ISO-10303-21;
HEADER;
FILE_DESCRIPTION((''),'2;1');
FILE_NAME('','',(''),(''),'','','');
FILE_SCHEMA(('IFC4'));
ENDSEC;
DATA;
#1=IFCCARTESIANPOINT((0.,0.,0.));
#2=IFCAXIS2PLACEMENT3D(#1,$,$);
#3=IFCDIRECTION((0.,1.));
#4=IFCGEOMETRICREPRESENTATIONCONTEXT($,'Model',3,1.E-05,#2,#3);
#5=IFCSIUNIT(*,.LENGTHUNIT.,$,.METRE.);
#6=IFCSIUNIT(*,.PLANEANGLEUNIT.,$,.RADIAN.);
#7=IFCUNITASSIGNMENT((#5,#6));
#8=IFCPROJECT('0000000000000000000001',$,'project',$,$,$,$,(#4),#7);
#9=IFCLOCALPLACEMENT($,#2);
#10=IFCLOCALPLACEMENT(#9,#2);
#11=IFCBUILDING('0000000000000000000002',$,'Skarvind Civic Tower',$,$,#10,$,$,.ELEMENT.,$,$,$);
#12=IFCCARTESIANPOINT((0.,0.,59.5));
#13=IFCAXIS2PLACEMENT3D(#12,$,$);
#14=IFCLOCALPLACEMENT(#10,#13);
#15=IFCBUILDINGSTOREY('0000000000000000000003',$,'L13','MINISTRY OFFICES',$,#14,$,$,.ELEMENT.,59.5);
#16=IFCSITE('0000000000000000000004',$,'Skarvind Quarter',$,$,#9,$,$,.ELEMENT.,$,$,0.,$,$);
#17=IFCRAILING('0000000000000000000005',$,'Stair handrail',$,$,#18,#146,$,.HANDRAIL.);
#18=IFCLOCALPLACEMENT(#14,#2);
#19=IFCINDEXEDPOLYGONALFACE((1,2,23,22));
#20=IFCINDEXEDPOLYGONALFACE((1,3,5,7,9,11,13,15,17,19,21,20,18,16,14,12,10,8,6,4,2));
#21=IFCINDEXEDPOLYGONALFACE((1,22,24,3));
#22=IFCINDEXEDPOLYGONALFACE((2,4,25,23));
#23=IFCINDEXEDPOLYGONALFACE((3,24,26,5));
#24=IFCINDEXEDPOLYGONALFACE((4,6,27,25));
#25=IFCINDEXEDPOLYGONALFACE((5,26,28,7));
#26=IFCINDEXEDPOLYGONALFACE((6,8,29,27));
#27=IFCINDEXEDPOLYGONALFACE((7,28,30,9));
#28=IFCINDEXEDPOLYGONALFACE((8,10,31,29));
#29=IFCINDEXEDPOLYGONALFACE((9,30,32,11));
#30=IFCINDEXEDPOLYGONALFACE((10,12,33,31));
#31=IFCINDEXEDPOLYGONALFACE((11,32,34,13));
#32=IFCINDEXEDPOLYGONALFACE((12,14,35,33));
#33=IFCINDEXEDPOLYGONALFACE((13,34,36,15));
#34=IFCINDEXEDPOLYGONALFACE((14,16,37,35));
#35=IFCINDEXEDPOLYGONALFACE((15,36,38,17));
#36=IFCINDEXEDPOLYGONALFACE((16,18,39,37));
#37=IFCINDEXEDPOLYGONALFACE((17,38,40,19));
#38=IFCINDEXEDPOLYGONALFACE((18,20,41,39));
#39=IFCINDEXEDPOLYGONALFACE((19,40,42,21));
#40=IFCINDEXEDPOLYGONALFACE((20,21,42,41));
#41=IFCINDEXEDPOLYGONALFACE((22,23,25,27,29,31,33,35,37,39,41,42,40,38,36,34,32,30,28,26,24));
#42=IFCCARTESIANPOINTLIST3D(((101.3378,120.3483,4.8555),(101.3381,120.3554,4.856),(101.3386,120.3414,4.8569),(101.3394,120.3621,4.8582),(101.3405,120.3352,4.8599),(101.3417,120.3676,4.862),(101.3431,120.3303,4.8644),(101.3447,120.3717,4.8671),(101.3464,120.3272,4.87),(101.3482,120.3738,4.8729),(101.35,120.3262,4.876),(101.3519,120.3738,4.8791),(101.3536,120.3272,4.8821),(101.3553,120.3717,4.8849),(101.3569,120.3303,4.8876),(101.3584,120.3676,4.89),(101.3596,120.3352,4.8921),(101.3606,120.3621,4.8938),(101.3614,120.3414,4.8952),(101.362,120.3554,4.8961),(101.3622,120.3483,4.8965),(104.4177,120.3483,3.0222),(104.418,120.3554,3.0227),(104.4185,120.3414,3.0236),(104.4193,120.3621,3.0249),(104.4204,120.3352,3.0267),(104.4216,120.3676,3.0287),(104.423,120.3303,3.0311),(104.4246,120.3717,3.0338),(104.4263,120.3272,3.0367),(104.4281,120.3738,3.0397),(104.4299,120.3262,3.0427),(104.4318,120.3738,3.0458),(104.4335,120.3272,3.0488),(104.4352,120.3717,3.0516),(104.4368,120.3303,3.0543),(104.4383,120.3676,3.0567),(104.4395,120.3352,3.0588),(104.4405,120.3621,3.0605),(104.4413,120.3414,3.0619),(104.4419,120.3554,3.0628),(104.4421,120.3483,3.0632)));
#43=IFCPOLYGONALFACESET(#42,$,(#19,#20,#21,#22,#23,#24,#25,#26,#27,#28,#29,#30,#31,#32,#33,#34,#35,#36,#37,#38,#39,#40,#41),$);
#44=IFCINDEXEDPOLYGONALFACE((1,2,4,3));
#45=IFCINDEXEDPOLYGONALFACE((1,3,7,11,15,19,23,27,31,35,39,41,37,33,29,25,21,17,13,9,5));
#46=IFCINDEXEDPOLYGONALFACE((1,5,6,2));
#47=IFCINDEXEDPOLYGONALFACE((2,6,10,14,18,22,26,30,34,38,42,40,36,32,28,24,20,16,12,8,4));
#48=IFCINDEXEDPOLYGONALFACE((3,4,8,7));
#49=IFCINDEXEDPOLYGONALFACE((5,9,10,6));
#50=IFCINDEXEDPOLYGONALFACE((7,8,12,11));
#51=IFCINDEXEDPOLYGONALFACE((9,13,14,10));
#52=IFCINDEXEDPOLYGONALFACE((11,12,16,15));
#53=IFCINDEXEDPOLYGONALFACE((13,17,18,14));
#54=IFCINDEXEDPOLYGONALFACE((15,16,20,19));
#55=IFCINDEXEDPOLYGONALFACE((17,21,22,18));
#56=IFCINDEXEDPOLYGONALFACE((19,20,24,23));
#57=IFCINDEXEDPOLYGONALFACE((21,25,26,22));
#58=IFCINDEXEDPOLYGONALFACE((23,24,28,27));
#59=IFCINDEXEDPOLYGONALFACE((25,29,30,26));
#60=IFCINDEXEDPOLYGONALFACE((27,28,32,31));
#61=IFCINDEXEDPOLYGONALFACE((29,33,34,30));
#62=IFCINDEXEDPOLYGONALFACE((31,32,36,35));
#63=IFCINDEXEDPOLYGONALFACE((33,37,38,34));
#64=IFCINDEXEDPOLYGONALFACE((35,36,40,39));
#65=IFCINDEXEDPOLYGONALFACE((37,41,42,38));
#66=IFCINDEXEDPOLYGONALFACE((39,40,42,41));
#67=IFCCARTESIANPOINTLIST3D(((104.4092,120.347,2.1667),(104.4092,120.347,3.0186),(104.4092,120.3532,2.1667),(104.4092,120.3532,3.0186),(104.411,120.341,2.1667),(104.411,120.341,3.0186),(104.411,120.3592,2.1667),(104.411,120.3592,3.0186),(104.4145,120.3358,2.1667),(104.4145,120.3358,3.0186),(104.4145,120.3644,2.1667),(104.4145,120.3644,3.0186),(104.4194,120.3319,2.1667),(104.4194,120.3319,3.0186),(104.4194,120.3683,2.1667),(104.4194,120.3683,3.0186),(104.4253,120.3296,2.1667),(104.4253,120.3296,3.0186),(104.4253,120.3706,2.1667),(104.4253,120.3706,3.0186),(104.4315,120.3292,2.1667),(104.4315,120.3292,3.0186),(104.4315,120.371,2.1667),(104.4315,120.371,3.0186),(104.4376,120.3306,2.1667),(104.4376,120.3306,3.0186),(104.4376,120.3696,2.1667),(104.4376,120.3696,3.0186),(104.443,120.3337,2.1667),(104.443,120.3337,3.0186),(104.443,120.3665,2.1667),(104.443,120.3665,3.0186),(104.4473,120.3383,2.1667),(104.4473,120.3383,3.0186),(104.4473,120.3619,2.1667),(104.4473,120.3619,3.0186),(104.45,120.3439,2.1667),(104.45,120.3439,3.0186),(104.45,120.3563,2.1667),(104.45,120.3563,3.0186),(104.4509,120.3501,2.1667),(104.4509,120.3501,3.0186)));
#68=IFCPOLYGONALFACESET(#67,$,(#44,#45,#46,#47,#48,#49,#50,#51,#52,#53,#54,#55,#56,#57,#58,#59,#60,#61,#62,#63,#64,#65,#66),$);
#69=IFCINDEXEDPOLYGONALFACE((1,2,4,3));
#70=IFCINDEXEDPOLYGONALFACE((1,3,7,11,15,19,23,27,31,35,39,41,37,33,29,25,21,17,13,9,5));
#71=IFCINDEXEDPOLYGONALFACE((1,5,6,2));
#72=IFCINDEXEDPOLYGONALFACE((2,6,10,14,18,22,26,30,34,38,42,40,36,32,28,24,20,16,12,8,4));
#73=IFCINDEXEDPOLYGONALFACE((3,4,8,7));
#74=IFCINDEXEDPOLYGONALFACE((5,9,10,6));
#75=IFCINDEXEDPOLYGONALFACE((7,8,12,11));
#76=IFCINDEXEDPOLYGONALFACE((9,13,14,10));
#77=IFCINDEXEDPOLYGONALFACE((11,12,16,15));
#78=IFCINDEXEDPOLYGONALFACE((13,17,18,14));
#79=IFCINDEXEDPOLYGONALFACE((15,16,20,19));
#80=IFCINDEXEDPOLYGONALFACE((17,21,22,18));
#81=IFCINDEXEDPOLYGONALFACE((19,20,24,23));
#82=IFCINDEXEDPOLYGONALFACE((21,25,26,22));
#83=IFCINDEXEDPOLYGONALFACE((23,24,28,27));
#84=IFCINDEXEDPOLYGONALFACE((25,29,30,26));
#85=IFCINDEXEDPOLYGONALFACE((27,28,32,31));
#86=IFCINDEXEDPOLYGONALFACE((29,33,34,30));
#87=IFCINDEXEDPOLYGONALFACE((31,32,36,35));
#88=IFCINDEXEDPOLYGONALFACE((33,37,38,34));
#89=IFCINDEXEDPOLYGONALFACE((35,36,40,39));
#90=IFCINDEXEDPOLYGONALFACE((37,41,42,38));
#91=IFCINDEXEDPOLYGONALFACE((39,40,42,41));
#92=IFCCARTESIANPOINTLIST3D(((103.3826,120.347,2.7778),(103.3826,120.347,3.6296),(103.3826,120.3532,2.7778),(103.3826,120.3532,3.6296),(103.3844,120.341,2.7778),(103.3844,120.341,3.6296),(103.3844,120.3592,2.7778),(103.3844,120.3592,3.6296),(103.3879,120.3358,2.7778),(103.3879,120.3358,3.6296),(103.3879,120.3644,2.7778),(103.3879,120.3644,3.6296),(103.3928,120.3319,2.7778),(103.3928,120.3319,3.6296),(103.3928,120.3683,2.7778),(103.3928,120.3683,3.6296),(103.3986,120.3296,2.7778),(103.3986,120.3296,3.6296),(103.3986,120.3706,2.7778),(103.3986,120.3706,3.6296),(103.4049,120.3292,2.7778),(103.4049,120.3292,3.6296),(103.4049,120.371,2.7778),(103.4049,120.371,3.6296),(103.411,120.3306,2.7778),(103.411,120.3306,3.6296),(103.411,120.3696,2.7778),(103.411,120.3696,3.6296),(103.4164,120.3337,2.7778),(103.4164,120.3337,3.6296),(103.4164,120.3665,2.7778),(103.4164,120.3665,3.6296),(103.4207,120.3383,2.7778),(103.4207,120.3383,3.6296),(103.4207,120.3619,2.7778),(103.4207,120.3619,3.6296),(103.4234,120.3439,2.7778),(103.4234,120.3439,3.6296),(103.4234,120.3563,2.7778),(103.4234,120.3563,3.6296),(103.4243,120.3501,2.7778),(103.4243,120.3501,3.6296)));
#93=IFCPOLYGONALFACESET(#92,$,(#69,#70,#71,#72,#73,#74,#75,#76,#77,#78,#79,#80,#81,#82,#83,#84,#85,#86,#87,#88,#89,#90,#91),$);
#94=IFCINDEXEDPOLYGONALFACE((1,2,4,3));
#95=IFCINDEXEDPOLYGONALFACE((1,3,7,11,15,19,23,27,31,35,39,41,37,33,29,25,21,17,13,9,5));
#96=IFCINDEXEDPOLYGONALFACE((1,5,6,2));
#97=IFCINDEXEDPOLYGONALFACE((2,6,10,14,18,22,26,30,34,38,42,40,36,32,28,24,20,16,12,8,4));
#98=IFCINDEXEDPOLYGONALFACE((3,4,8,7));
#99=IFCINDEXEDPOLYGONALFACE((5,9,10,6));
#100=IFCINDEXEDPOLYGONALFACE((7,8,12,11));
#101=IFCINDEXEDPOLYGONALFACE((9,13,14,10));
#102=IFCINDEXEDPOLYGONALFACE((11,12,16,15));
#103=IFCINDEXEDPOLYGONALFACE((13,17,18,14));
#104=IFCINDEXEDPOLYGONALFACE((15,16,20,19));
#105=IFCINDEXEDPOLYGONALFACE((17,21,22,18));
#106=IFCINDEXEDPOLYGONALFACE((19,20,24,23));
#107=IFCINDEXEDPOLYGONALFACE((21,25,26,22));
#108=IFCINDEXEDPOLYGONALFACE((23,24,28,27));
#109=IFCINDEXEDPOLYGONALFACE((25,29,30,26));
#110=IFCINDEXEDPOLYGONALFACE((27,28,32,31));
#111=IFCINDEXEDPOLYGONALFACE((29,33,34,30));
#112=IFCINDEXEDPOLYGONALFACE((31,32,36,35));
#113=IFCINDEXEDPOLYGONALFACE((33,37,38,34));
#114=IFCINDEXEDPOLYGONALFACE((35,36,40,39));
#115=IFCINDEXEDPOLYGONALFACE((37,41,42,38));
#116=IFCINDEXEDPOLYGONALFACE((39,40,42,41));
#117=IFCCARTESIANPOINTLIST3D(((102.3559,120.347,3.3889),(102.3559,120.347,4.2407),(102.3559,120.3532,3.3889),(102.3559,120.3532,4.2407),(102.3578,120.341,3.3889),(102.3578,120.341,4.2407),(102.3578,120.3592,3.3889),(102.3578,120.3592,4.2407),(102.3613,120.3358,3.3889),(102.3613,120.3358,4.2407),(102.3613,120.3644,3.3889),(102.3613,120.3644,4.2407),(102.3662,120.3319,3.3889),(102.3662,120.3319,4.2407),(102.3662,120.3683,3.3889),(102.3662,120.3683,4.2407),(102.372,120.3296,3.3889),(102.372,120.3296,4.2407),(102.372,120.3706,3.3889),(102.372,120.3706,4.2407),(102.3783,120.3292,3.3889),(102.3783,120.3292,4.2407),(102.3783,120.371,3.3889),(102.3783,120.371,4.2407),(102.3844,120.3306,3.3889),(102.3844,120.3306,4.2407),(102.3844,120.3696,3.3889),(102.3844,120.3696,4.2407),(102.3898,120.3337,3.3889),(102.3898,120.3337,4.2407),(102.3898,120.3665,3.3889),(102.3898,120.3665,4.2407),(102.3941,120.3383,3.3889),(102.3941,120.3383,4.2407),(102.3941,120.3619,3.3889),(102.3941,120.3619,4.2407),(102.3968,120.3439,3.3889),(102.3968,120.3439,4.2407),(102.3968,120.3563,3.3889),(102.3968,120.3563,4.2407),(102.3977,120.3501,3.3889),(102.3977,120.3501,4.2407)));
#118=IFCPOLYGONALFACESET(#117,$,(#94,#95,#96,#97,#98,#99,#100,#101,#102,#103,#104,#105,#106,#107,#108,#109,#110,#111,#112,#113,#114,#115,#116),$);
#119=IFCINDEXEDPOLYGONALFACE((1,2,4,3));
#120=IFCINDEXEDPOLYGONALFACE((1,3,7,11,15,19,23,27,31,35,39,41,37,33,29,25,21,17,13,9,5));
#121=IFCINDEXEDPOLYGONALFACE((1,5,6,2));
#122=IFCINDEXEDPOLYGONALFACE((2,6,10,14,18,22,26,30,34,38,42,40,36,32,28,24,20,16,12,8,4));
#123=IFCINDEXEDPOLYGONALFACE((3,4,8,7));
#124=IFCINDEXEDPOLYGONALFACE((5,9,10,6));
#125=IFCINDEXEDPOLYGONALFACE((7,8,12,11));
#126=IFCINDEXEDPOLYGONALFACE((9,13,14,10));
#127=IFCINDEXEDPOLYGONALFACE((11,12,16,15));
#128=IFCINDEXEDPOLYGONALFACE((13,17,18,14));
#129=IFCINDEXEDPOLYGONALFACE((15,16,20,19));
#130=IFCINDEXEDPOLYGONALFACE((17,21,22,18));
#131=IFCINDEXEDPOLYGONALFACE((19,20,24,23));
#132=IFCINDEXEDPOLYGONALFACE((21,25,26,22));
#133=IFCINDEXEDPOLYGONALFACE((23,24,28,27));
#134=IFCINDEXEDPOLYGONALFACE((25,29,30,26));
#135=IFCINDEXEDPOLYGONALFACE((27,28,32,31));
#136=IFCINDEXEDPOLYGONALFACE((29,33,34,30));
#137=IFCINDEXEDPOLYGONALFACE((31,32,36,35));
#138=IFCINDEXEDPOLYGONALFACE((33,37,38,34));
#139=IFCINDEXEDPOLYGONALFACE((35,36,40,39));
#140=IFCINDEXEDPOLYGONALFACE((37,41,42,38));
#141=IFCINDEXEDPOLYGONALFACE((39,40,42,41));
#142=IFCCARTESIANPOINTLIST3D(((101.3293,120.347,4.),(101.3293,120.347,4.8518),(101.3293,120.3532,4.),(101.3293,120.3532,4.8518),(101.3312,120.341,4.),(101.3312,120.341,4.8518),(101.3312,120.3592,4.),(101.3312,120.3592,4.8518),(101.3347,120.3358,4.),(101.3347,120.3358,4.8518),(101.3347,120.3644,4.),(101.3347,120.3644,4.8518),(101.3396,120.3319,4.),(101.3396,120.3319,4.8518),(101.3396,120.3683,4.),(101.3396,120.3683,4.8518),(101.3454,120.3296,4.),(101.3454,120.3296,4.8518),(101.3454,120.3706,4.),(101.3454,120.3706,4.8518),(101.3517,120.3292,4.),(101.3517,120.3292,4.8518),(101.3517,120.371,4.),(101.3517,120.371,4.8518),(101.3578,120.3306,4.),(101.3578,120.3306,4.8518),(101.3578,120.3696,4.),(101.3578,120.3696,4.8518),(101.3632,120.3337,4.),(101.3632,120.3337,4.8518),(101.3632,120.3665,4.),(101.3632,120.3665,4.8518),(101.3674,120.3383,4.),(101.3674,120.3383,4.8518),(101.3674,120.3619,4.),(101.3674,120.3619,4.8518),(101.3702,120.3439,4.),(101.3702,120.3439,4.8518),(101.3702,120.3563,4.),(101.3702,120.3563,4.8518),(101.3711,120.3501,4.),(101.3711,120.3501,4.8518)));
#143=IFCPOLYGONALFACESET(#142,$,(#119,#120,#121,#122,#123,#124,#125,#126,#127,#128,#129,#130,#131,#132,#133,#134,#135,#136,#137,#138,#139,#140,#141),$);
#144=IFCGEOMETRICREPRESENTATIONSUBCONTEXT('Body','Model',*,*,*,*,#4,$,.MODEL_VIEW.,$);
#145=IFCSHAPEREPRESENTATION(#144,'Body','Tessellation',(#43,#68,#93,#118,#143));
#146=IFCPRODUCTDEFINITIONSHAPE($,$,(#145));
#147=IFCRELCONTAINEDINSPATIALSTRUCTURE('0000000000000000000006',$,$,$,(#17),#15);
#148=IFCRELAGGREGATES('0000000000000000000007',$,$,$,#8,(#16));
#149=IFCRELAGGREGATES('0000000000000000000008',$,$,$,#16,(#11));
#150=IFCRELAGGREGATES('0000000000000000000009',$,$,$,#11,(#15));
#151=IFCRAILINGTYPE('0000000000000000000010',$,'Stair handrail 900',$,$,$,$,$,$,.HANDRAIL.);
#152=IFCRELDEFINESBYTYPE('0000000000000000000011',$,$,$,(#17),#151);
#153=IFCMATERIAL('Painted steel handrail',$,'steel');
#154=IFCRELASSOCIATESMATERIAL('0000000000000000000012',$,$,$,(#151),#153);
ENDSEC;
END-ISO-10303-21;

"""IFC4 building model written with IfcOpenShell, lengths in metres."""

from ifc_helpers import new_model, si_unit, direction, frame, origin, origin_2d, place, context, subcontext, project, spatial, circle, extrude, material, type_object, element, save


model = new_model("IFC4")

# Units and contexts
model_context = context("Model", 3, precision=1e-05, world=origin(), true_north=direction((0.0, 1.0)))
body_context = subcontext(model_context, "Body", "Model", "MODEL_VIEW")
ifc_project = project(units=[si_unit("LENGTHUNIT", "METRE"), si_unit("PLANEANGLEUNIT", "RADIAN")], contexts=[model_context])

# Site, building, storey
site_placement = place(None, origin())
site = spatial("IfcSite", under=ifc_project, at=site_placement, Name="Skarvind Quarter", CompositionType="ELEMENT", RefElevation=0.0)
building_placement = place(site_placement, origin())
building = spatial("IfcBuilding", under=site, at=building_placement, Name="Skarvind Civic Tower", CompositionType="ELEMENT")
storey_placement = place(building_placement, frame((0.0, 0.0, 59.5)))
storey = spatial("IfcBuildingStorey", under=building, at=storey_placement, Name="L13", Description="MINISTRY OFFICES", CompositionType="ELEMENT", Elevation=59.5)

# Railing
ifc_material_1 = material(Name="Painted steel handrail", Category="steel")
railing_type = type_object("IfcRailingType", Name="Stair handrail 900", PredefinedType="HANDRAIL", material=ifc_material_1)
railing_1_placement = place(storey_placement, frame((104.4299, 120.3501, 2.1667)))
element("IfcRailing", 1, at=railing_1_placement, inside=storey, type_object=railing_type, Name="Stair handrail", PredefinedType="HANDRAIL", context=body_context, shape_type="SweptSolid", body=[
    extrude(circle(Radius=0.0239, at=origin_2d()), frame((0.0, 0.0, 0.876), z_axis=(-0.859291, 0.0, 0.511487), x_axis=(0.0, -1.0, 0.0)), (0.0, 0.0, 1.0), 3.5842),
    extrude(circle(Radius=0.021, at=origin_2d()), origin(), (0.0, 0.0, 1.0), 0.8518),
    extrude(circle(Radius=0.021, at=origin_2d()), frame((-1.0266, 0.0, 0.6111)), (0.0, 0.0, 1.0), 0.8518),
    extrude(circle(Radius=0.021, at=origin_2d()), frame((-2.0532, 0.0, 1.2222)), (0.0, 0.0, 1.0), 0.8518),
    extrude(circle(Radius=0.021, at=origin_2d()), frame((-3.0798, 0.0, 1.8333)), (0.0, 0.0, 1.0), 0.8518),
])

save(model, "model.ifc")
